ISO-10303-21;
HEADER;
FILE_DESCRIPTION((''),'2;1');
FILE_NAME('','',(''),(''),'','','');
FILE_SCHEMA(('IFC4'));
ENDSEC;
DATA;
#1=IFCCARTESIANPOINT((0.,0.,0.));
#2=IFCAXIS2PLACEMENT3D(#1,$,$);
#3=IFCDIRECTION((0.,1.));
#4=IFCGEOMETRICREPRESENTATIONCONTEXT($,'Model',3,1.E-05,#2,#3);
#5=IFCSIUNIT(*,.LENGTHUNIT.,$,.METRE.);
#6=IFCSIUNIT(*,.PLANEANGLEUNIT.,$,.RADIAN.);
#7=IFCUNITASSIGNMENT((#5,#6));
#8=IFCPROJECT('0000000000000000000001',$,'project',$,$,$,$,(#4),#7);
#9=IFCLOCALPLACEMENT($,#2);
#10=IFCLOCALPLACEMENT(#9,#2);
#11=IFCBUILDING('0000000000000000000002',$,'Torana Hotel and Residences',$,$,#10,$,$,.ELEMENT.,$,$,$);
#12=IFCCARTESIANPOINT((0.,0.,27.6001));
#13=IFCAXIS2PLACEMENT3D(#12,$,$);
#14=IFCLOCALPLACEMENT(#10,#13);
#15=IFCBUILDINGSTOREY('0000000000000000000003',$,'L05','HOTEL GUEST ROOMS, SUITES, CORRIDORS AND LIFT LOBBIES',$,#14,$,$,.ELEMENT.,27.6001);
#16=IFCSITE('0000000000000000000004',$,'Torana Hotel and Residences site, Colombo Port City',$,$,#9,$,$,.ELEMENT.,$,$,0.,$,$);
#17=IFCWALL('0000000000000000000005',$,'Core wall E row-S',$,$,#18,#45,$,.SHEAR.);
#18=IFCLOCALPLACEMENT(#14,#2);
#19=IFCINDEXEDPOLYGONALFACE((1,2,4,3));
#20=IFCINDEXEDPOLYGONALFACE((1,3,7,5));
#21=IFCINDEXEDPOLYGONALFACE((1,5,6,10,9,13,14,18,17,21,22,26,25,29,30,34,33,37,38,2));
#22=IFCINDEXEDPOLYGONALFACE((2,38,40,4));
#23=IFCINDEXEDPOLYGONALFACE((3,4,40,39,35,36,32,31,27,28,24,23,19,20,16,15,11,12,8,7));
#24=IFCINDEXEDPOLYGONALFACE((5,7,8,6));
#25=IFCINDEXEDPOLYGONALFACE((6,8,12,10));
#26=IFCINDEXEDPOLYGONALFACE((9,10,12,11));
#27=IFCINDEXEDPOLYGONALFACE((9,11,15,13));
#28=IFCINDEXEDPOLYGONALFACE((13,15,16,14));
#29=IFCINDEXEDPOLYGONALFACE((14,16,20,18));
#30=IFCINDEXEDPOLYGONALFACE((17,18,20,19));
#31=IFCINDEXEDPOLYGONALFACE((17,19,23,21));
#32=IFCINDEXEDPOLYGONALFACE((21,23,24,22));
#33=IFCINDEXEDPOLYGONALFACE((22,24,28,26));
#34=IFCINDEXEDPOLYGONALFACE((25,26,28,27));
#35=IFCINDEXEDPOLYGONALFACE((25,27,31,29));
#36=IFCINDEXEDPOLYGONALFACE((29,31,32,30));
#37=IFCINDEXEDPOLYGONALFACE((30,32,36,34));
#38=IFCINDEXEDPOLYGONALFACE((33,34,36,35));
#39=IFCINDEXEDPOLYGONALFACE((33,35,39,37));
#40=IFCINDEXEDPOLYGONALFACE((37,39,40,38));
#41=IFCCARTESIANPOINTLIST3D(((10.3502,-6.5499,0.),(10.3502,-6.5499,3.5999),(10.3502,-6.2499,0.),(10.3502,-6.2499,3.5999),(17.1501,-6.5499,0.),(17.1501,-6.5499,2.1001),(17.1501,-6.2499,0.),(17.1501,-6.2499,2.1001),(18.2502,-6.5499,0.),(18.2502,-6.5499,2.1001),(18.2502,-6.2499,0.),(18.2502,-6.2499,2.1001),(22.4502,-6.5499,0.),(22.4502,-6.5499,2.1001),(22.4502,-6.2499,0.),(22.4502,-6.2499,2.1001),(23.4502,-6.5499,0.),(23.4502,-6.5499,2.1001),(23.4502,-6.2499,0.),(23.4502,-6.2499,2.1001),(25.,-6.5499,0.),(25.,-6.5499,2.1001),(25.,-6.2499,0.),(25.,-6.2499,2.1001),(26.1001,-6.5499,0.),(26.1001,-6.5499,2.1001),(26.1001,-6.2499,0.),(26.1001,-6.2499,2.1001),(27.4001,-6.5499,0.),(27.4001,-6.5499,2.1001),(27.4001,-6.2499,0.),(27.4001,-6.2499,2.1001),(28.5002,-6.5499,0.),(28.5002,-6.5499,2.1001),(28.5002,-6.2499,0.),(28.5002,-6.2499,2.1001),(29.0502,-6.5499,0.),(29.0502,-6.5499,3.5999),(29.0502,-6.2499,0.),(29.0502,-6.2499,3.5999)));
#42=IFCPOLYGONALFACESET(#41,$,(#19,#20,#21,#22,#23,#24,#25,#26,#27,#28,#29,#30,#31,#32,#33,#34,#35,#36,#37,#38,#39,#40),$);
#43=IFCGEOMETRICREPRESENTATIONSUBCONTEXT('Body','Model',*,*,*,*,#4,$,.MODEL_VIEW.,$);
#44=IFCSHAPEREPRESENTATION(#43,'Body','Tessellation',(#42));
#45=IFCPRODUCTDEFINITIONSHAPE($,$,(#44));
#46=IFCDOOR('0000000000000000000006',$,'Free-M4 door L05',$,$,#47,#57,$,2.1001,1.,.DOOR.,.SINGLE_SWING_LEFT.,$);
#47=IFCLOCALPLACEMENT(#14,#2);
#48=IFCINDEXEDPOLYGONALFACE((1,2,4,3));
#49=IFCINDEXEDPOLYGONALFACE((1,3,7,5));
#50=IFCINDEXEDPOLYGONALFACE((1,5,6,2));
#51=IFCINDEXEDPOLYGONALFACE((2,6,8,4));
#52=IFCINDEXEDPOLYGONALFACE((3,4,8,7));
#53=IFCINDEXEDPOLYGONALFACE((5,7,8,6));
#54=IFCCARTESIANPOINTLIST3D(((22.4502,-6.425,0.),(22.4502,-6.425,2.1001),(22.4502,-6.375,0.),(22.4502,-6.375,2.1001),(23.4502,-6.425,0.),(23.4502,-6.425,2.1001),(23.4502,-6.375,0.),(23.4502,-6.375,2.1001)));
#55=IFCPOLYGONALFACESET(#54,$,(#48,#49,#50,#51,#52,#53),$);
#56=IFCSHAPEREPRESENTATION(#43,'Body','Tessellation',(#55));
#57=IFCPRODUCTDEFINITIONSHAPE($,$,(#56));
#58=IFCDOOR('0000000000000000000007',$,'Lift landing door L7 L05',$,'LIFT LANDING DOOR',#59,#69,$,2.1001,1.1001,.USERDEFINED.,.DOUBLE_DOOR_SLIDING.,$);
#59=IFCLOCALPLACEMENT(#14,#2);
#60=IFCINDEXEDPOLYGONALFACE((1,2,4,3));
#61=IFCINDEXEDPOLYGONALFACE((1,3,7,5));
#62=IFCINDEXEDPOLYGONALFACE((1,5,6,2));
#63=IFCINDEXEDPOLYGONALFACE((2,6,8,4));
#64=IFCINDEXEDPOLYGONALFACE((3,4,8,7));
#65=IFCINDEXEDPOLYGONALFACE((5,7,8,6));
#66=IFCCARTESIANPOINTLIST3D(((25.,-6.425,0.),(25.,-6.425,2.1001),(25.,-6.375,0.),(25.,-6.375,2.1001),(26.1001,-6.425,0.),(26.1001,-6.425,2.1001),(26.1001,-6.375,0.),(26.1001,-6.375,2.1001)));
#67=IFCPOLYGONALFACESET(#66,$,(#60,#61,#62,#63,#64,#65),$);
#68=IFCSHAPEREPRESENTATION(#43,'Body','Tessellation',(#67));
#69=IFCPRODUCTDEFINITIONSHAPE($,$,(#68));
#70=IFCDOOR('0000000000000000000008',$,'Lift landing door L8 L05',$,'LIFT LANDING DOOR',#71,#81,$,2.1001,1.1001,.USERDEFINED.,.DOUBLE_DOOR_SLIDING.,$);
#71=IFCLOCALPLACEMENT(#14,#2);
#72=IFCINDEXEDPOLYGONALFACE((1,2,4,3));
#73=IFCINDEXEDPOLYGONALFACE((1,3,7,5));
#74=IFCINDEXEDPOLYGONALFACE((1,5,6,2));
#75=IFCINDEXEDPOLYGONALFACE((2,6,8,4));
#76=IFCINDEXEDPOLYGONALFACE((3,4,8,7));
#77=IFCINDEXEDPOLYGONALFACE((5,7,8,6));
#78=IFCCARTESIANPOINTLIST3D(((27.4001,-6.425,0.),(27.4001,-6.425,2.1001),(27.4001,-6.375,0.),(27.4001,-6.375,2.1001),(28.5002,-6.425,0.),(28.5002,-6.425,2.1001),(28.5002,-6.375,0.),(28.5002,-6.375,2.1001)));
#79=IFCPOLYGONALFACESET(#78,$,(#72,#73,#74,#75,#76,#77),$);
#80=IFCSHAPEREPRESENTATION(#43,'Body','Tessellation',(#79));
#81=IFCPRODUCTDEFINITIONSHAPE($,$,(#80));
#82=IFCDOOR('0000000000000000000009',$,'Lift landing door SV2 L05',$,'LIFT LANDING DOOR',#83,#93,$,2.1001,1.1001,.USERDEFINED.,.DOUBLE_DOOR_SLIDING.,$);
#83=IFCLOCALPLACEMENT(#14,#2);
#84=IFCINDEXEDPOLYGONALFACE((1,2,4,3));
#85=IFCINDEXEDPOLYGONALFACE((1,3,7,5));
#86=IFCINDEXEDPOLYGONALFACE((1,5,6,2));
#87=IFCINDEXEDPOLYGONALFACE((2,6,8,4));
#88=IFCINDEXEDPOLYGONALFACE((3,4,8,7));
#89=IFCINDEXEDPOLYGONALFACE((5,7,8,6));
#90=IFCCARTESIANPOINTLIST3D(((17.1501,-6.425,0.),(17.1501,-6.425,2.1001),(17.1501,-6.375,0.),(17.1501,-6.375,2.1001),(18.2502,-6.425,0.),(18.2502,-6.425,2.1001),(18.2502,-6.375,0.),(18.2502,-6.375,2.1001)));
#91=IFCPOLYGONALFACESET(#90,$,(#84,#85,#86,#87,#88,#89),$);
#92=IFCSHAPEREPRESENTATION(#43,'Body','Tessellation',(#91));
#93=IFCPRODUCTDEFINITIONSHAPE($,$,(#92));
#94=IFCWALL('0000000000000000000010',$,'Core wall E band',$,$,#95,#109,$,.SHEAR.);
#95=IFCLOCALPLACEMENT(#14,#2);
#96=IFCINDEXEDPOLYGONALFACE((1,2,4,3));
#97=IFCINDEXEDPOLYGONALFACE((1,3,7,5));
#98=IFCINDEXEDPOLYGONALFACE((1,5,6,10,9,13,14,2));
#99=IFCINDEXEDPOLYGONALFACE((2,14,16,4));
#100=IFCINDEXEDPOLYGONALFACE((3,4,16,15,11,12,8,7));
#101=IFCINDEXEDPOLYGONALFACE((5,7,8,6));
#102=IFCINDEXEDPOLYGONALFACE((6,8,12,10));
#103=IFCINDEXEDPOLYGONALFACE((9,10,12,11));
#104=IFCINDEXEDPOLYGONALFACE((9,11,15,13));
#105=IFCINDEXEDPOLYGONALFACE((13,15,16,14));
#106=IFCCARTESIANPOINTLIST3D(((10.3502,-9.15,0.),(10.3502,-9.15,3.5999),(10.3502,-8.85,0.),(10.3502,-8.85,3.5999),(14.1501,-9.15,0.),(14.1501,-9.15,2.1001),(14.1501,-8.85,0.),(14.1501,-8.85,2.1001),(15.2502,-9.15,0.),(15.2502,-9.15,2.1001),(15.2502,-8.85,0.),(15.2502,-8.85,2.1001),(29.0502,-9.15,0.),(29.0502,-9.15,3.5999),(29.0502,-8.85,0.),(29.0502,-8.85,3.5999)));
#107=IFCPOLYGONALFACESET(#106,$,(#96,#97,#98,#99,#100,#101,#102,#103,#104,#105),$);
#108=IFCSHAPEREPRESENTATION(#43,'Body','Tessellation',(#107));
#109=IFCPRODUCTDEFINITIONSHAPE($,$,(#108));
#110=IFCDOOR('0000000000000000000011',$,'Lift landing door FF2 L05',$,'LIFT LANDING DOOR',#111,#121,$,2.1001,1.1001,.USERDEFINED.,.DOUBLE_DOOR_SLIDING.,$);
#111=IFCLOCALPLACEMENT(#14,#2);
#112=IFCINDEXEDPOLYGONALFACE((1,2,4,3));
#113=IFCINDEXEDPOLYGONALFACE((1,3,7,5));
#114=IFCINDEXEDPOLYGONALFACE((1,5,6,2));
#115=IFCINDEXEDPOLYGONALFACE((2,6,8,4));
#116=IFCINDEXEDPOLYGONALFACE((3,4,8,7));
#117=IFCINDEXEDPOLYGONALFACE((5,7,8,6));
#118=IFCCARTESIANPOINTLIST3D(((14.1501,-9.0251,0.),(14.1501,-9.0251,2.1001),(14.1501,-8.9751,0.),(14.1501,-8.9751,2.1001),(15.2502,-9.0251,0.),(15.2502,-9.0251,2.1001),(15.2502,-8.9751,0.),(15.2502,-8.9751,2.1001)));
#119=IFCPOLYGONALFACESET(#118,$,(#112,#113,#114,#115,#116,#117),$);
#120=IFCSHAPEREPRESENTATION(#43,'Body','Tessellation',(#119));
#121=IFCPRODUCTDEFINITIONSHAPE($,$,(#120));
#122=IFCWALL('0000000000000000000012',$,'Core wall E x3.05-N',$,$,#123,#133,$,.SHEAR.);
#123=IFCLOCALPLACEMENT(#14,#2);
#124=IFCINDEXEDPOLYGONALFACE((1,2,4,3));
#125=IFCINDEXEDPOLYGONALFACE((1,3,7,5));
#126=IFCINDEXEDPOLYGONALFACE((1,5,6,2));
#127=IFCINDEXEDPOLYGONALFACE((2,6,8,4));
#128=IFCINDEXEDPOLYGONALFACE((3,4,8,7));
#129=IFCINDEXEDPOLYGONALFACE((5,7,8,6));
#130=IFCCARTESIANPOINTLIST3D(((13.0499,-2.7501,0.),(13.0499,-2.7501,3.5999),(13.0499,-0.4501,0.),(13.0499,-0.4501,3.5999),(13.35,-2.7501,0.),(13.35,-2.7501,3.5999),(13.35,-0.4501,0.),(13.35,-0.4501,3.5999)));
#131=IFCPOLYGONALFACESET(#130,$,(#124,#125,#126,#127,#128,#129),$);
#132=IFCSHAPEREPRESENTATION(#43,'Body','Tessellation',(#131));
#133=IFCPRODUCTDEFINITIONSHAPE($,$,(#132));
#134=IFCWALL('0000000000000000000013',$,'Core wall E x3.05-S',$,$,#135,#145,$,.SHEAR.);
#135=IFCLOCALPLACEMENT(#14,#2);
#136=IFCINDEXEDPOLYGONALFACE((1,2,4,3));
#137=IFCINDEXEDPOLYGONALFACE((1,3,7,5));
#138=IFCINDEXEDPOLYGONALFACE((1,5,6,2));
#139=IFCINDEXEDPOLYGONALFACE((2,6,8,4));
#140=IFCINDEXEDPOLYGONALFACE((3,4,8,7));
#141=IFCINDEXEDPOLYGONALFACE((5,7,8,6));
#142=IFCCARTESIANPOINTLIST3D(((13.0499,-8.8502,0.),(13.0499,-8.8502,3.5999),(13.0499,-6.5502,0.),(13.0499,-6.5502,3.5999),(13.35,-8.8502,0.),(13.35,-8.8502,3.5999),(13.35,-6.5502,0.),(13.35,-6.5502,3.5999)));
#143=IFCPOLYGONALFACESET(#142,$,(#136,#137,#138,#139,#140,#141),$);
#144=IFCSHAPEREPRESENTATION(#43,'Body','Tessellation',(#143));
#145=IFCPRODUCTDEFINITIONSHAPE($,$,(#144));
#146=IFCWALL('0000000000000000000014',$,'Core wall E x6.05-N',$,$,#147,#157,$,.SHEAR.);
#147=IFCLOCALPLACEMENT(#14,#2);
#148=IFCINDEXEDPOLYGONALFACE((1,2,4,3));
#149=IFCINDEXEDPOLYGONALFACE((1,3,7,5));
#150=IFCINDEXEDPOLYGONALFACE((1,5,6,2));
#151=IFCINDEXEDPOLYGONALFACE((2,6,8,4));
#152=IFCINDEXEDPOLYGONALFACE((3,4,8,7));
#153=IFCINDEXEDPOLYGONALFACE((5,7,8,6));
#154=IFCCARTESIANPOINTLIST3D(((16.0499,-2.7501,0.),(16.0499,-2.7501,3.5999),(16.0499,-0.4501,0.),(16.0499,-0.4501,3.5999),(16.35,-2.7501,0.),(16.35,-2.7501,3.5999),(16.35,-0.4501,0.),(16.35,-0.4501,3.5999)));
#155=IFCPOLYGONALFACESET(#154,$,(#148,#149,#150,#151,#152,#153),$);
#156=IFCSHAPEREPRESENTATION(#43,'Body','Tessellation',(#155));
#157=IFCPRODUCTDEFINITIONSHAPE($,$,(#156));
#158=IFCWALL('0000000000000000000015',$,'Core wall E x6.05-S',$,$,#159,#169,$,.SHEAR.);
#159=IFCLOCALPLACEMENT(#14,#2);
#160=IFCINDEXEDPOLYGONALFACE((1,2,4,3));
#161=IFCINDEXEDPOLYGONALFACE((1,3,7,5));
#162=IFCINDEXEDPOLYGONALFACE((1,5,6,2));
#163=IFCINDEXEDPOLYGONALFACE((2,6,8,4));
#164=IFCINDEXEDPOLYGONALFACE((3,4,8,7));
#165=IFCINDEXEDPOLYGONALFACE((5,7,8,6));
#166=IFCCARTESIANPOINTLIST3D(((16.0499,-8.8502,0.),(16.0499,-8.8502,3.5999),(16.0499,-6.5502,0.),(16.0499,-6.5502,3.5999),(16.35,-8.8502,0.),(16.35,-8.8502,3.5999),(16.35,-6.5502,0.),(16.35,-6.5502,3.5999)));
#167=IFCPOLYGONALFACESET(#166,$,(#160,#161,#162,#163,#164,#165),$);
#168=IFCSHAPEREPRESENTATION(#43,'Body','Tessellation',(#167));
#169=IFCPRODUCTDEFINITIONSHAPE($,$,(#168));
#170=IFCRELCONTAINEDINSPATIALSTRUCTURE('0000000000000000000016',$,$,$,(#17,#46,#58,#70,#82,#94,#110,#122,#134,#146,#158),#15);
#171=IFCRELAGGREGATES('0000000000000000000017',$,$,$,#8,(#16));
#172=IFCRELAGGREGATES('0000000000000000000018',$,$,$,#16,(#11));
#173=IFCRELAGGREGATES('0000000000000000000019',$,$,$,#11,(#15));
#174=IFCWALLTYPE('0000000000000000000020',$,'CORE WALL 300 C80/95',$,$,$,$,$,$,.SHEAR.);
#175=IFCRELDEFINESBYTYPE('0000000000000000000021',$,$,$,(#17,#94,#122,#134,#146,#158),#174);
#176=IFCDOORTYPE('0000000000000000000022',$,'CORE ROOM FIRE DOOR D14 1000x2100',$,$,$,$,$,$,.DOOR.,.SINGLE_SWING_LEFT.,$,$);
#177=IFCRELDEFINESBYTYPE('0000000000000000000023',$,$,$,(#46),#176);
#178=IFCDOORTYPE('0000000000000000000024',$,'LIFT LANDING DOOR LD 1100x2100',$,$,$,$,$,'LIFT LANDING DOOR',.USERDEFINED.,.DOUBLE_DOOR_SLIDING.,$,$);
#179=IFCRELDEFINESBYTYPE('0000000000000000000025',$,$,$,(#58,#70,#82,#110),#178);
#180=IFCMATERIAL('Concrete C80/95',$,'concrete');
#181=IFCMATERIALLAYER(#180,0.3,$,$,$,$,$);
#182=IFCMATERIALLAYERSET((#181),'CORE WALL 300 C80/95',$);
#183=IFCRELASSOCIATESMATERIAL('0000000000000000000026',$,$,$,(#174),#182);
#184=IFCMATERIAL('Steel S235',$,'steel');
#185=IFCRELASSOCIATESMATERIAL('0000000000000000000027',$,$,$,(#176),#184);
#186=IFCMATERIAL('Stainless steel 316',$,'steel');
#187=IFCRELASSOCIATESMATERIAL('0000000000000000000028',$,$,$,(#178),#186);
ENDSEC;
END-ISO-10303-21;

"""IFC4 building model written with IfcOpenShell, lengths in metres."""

from ifc_helpers import new_model, si_unit, direction, frame, frame_2d, origin, place, context, subcontext, project, spatial, rectangle, extrude, material, layer, layer_set, type_object, element, fill, save


model = new_model("IFC4")

# Units and contexts
model_context = context("Model", 3, precision=1e-05, world=origin(), true_north=direction((0.0, 1.0)))
body_context = subcontext(model_context, "Body", "Model", "MODEL_VIEW")
ifc_project = project(units=[si_unit("LENGTHUNIT", "METRE"), si_unit("PLANEANGLEUNIT", "RADIAN")], contexts=[model_context])

# Site, building, storey
site_placement = place(None, origin())
site = spatial("IfcSite", under=ifc_project, at=site_placement, Name="Torana Hotel and Residences site, Colombo Port City", CompositionType="ELEMENT", RefElevation=0.0)
building_placement = place(site_placement, origin())
building = spatial("IfcBuilding", under=site, at=building_placement, Name="Torana Hotel and Residences", CompositionType="ELEMENT")
storey_placement = place(building_placement, frame((0.0, 0.0, 27.6001)))
storey = spatial("IfcBuildingStorey", under=building, at=storey_placement, Name="L05", Description="HOTEL GUEST ROOMS, SUITES, CORRIDORS AND LIFT LOBBIES", CompositionType="ELEMENT", Elevation=27.6001)

# Wall, openings, doors
ifc_material_1 = material(Name="Concrete C80/95", Category="concrete")
ifc_layer_1 = layer(ifc_material_1, 0.3)
ifc_layer_set_1 = layer_set([ifc_layer_1], Name="CORE WALL 300 C80/95")
wall_type_1 = type_object("IfcWallType", Name="CORE WALL 300 C80/95", PredefinedType="SHEAR", material=ifc_layer_set_1)
ifc_material_2 = material(Name="Steel S235", Category="steel")
door_type_1 = type_object("IfcDoorType", Name="CORE ROOM FIRE DOOR D14 1000x2100", OperationType="SINGLE_SWING_LEFT", PredefinedType="DOOR", material=ifc_material_2)
ifc_material_3 = material(Name="Stainless steel 316", Category="steel")
door_type_2 = type_object("IfcDoorType", Name="LIFT LANDING DOOR LD 1100x2100", ElementType="LIFT LANDING DOOR", OperationType="DOUBLE_DOOR_SLIDING", PredefinedType="USERDEFINED", material=ifc_material_3)
wall_1_placement = place(storey_placement, frame((10.3501, -6.3999, 0.0), z_axis=(0.0, 0.0, 1.0), x_axis=(1.0, 0.0, 0.0)))
wall_1 = element("IfcWall", 1, at=wall_1_placement, inside=storey, type_object=wall_type_1, Name="Core wall E row-S", PredefinedType="SHEAR", context=body_context, shape_type="SweptSolid", body=[
    extrude(rectangle(XDim=18.7, YDim=0.3, at=frame_2d((9.3501, 0.0))), origin(), (0.0, 0.0, 1.0), 3.5999),
])
opening_1_placement = place(wall_1_placement, frame((14.6499, 0.0, 0.0)))
opening_1 = element("IfcOpeningElement", 2, at=opening_1_placement, cuts=wall_1, PredefinedType="OPENING", context=body_context, shape_type="SweptSolid", body=[
    extrude(rectangle(XDim=1.1001, YDim=2.1001, at=frame_2d((0.55, 1.05))), frame((0.0, 0.1599, 0.0), z_axis=(0.0, -1.0, 0.0), x_axis=(1.0, 0.0, 0.0)), (0.0, 0.0, 1.0), 0.3201),
])
opening_2_placement = place(wall_1_placement, frame((17.05, 0.0, 0.0)))
opening_2 = element("IfcOpeningElement", 3, at=opening_2_placement, cuts=wall_1, PredefinedType="OPENING", context=body_context, shape_type="SweptSolid", body=[
    extrude(rectangle(XDim=1.1001, YDim=2.1001, at=frame_2d((0.55, 1.05))), frame((0.0, 0.1599, 0.0), z_axis=(0.0, -1.0, 0.0), x_axis=(1.0, 0.0, 0.0)), (0.0, 0.0, 1.0), 0.3201),
])
opening_3_placement = place(wall_1_placement, frame((6.8, 0.0, 0.0)))
opening_3 = element("IfcOpeningElement", 4, at=opening_3_placement, cuts=wall_1, PredefinedType="OPENING", context=body_context, shape_type="SweptSolid", body=[
    extrude(rectangle(XDim=1.1001, YDim=2.1001, at=frame_2d((0.55, 1.05))), frame((0.0, 0.1599, 0.0), z_axis=(0.0, -1.0, 0.0), x_axis=(1.0, 0.0, 0.0)), (0.0, 0.0, 1.0), 0.3201),
])
opening_4_placement = place(wall_1_placement, frame((12.1001, 0.0, 0.0)))
opening_4 = element("IfcOpeningElement", 5, at=opening_4_placement, cuts=wall_1, PredefinedType="OPENING", context=body_context, shape_type="SweptSolid", body=[
    extrude(rectangle(XDim=1.0, YDim=2.1001, at=frame_2d((0.5, 1.05))), frame((0.0, 0.1599, 0.0), z_axis=(0.0, -1.0, 0.0), x_axis=(1.0, 0.0, 0.0)), (0.0, 0.0, 1.0), 0.3201),
])
door_1_placement = place(opening_4_placement, frame((0.5, 0.0, 0.0), z_axis=(0.0, 0.0, 1.0), x_axis=(-1.0, 0.0, 0.0)))
door_1 = element("IfcDoor", 6, at=door_1_placement, inside=storey, type_object=door_type_1, Name="Free-M4 door L05", OperationType="SINGLE_SWING_LEFT", OverallHeight=2.1001, OverallWidth=1.0, PredefinedType="DOOR", context=body_context, shape_type="SweptSolid", body=[
    extrude(rectangle(XDim=1.0, YDim=2.1001, at=frame_2d((0.0, 1.05))), frame((0.0, -0.0249, 0.0), z_axis=(0.0, 1.0, 0.0), x_axis=(-1.0, 0.0, 0.0)), (0.0, 0.0, 1.0), 0.05),
])
fill(opening_4, door_1)
door_2_placement = place(opening_1_placement, origin())
door_2 = element("IfcDoor", 7, at=door_2_placement, inside=storey, type_object=door_type_2, Name="Lift landing door L7 L05", ObjectType="LIFT LANDING DOOR", OperationType="DOUBLE_DOOR_SLIDING", OverallHeight=2.1001, OverallWidth=1.1001, PredefinedType="USERDEFINED", context=body_context, shape_type="SweptSolid", body=[
    extrude(rectangle(XDim=1.1001, YDim=2.1001, at=frame_2d((0.55, 1.05))), frame((0.0, 0.0249, 0.0), z_axis=(0.0, -1.0, 0.0), x_axis=(1.0, 0.0, 0.0)), (0.0, 0.0, 1.0), 0.05),
])
fill(opening_1, door_2)
door_3_placement = place(opening_2_placement, origin())
door_3 = element("IfcDoor", 8, at=door_3_placement, inside=storey, type_object=door_type_2, Name="Lift landing door L8 L05", ObjectType="LIFT LANDING DOOR", OperationType="DOUBLE_DOOR_SLIDING", OverallHeight=2.1001, OverallWidth=1.1001, PredefinedType="USERDEFINED", context=body_context, shape_type="SweptSolid", body=[
    extrude(rectangle(XDim=1.1001, YDim=2.1001, at=frame_2d((0.55, 1.05))), frame((0.0, 0.0249, 0.0), z_axis=(0.0, -1.0, 0.0), x_axis=(1.0, 0.0, 0.0)), (0.0, 0.0, 1.0), 0.05),
])
fill(opening_2, door_3)
door_4_placement = place(opening_3_placement, origin())
door_4 = element("IfcDoor", 9, at=door_4_placement, inside=storey, type_object=door_type_2, Name="Lift landing door SV2 L05", ObjectType="LIFT LANDING DOOR", OperationType="DOUBLE_DOOR_SLIDING", OverallHeight=2.1001, OverallWidth=1.1001, PredefinedType="USERDEFINED", context=body_context, shape_type="SweptSolid", body=[
    extrude(rectangle(XDim=1.1001, YDim=2.1001, at=frame_2d((0.55, 1.05))), frame((0.0, 0.0249, 0.0), z_axis=(0.0, -1.0, 0.0), x_axis=(1.0, 0.0, 0.0)), (0.0, 0.0, 1.0), 0.05),
])
fill(opening_3, door_4)

# Wall, opening, door
wall_2_placement = place(storey_placement, frame((10.3501, -9.0, 0.0), z_axis=(0.0, 0.0, 1.0), x_axis=(1.0, 0.0, 0.0)))
wall_2 = element("IfcWall", 10, at=wall_2_placement, inside=storey, type_object=wall_type_1, Name="Core wall E band", PredefinedType="SHEAR", context=body_context, shape_type="SweptSolid", body=[
    extrude(rectangle(XDim=18.7, YDim=0.3, at=frame_2d((9.3501, 0.0))), origin(), (0.0, 0.0, 1.0), 3.5999),
])
opening_5_placement = place(wall_2_placement, frame((3.8, 0.0, 0.0)))
opening_5 = element("IfcOpeningElement", 11, at=opening_5_placement, cuts=wall_2, PredefinedType="OPENING", context=body_context, shape_type="SweptSolid", body=[
    extrude(rectangle(XDim=1.1001, YDim=2.1001, at=frame_2d((0.55, 1.05))), frame((0.0, 0.1599, 0.0), z_axis=(0.0, -1.0, 0.0), x_axis=(1.0, 0.0, 0.0)), (0.0, 0.0, 1.0), 0.3201),
])
door_5_placement = place(opening_5_placement, origin())
door_5 = element("IfcDoor", 12, at=door_5_placement, inside=storey, type_object=door_type_2, Name="Lift landing door FF2 L05", ObjectType="LIFT LANDING DOOR", OperationType="DOUBLE_DOOR_SLIDING", OverallHeight=2.1001, OverallWidth=1.1001, PredefinedType="USERDEFINED", context=body_context, shape_type="SweptSolid", body=[
    extrude(rectangle(XDim=1.1001, YDim=2.1001, at=frame_2d((0.55, 1.05))), frame((0.0, 0.0249, 0.0), z_axis=(0.0, -1.0, 0.0), x_axis=(1.0, 0.0, 0.0)), (0.0, 0.0, 1.0), 0.05),
])
fill(opening_5, door_5)

# Walls
for number, where, z_axis, x_axis, name in (
    (13, (13.2, -2.75, 0.0), (0.0, 0.0, 1.0), (0.0, 1.0, 0.0), "Core wall E x3.05-N"),
    (14, (13.2, -8.8501, 0.0), (0.0, 0.0, 1.0), (0.0, 1.0, 0.0), "Core wall E x3.05-S"),
    (15, (16.2, -2.75, 0.0), (0.0, 0.0, 1.0), (0.0, 1.0, 0.0), "Core wall E x6.05-N"),
    (16, (16.2, -8.8501, 0.0), (0.0, 0.0, 1.0), (0.0, 1.0, 0.0), "Core wall E x6.05-S"),
):
    element("IfcWall", number, at=place(storey_placement, frame(where, z_axis=z_axis, x_axis=x_axis)), inside=storey, type_object=wall_type_1, Name=name, PredefinedType="SHEAR", context=body_context, shape_type="SweptSolid", body=[
        extrude(rectangle(XDim=2.3, YDim=0.3, at=frame_2d((1.1499, 0.0))), origin(), (0.0, 0.0, 1.0), 3.5999),
    ])

save(model, "model.ifc")
